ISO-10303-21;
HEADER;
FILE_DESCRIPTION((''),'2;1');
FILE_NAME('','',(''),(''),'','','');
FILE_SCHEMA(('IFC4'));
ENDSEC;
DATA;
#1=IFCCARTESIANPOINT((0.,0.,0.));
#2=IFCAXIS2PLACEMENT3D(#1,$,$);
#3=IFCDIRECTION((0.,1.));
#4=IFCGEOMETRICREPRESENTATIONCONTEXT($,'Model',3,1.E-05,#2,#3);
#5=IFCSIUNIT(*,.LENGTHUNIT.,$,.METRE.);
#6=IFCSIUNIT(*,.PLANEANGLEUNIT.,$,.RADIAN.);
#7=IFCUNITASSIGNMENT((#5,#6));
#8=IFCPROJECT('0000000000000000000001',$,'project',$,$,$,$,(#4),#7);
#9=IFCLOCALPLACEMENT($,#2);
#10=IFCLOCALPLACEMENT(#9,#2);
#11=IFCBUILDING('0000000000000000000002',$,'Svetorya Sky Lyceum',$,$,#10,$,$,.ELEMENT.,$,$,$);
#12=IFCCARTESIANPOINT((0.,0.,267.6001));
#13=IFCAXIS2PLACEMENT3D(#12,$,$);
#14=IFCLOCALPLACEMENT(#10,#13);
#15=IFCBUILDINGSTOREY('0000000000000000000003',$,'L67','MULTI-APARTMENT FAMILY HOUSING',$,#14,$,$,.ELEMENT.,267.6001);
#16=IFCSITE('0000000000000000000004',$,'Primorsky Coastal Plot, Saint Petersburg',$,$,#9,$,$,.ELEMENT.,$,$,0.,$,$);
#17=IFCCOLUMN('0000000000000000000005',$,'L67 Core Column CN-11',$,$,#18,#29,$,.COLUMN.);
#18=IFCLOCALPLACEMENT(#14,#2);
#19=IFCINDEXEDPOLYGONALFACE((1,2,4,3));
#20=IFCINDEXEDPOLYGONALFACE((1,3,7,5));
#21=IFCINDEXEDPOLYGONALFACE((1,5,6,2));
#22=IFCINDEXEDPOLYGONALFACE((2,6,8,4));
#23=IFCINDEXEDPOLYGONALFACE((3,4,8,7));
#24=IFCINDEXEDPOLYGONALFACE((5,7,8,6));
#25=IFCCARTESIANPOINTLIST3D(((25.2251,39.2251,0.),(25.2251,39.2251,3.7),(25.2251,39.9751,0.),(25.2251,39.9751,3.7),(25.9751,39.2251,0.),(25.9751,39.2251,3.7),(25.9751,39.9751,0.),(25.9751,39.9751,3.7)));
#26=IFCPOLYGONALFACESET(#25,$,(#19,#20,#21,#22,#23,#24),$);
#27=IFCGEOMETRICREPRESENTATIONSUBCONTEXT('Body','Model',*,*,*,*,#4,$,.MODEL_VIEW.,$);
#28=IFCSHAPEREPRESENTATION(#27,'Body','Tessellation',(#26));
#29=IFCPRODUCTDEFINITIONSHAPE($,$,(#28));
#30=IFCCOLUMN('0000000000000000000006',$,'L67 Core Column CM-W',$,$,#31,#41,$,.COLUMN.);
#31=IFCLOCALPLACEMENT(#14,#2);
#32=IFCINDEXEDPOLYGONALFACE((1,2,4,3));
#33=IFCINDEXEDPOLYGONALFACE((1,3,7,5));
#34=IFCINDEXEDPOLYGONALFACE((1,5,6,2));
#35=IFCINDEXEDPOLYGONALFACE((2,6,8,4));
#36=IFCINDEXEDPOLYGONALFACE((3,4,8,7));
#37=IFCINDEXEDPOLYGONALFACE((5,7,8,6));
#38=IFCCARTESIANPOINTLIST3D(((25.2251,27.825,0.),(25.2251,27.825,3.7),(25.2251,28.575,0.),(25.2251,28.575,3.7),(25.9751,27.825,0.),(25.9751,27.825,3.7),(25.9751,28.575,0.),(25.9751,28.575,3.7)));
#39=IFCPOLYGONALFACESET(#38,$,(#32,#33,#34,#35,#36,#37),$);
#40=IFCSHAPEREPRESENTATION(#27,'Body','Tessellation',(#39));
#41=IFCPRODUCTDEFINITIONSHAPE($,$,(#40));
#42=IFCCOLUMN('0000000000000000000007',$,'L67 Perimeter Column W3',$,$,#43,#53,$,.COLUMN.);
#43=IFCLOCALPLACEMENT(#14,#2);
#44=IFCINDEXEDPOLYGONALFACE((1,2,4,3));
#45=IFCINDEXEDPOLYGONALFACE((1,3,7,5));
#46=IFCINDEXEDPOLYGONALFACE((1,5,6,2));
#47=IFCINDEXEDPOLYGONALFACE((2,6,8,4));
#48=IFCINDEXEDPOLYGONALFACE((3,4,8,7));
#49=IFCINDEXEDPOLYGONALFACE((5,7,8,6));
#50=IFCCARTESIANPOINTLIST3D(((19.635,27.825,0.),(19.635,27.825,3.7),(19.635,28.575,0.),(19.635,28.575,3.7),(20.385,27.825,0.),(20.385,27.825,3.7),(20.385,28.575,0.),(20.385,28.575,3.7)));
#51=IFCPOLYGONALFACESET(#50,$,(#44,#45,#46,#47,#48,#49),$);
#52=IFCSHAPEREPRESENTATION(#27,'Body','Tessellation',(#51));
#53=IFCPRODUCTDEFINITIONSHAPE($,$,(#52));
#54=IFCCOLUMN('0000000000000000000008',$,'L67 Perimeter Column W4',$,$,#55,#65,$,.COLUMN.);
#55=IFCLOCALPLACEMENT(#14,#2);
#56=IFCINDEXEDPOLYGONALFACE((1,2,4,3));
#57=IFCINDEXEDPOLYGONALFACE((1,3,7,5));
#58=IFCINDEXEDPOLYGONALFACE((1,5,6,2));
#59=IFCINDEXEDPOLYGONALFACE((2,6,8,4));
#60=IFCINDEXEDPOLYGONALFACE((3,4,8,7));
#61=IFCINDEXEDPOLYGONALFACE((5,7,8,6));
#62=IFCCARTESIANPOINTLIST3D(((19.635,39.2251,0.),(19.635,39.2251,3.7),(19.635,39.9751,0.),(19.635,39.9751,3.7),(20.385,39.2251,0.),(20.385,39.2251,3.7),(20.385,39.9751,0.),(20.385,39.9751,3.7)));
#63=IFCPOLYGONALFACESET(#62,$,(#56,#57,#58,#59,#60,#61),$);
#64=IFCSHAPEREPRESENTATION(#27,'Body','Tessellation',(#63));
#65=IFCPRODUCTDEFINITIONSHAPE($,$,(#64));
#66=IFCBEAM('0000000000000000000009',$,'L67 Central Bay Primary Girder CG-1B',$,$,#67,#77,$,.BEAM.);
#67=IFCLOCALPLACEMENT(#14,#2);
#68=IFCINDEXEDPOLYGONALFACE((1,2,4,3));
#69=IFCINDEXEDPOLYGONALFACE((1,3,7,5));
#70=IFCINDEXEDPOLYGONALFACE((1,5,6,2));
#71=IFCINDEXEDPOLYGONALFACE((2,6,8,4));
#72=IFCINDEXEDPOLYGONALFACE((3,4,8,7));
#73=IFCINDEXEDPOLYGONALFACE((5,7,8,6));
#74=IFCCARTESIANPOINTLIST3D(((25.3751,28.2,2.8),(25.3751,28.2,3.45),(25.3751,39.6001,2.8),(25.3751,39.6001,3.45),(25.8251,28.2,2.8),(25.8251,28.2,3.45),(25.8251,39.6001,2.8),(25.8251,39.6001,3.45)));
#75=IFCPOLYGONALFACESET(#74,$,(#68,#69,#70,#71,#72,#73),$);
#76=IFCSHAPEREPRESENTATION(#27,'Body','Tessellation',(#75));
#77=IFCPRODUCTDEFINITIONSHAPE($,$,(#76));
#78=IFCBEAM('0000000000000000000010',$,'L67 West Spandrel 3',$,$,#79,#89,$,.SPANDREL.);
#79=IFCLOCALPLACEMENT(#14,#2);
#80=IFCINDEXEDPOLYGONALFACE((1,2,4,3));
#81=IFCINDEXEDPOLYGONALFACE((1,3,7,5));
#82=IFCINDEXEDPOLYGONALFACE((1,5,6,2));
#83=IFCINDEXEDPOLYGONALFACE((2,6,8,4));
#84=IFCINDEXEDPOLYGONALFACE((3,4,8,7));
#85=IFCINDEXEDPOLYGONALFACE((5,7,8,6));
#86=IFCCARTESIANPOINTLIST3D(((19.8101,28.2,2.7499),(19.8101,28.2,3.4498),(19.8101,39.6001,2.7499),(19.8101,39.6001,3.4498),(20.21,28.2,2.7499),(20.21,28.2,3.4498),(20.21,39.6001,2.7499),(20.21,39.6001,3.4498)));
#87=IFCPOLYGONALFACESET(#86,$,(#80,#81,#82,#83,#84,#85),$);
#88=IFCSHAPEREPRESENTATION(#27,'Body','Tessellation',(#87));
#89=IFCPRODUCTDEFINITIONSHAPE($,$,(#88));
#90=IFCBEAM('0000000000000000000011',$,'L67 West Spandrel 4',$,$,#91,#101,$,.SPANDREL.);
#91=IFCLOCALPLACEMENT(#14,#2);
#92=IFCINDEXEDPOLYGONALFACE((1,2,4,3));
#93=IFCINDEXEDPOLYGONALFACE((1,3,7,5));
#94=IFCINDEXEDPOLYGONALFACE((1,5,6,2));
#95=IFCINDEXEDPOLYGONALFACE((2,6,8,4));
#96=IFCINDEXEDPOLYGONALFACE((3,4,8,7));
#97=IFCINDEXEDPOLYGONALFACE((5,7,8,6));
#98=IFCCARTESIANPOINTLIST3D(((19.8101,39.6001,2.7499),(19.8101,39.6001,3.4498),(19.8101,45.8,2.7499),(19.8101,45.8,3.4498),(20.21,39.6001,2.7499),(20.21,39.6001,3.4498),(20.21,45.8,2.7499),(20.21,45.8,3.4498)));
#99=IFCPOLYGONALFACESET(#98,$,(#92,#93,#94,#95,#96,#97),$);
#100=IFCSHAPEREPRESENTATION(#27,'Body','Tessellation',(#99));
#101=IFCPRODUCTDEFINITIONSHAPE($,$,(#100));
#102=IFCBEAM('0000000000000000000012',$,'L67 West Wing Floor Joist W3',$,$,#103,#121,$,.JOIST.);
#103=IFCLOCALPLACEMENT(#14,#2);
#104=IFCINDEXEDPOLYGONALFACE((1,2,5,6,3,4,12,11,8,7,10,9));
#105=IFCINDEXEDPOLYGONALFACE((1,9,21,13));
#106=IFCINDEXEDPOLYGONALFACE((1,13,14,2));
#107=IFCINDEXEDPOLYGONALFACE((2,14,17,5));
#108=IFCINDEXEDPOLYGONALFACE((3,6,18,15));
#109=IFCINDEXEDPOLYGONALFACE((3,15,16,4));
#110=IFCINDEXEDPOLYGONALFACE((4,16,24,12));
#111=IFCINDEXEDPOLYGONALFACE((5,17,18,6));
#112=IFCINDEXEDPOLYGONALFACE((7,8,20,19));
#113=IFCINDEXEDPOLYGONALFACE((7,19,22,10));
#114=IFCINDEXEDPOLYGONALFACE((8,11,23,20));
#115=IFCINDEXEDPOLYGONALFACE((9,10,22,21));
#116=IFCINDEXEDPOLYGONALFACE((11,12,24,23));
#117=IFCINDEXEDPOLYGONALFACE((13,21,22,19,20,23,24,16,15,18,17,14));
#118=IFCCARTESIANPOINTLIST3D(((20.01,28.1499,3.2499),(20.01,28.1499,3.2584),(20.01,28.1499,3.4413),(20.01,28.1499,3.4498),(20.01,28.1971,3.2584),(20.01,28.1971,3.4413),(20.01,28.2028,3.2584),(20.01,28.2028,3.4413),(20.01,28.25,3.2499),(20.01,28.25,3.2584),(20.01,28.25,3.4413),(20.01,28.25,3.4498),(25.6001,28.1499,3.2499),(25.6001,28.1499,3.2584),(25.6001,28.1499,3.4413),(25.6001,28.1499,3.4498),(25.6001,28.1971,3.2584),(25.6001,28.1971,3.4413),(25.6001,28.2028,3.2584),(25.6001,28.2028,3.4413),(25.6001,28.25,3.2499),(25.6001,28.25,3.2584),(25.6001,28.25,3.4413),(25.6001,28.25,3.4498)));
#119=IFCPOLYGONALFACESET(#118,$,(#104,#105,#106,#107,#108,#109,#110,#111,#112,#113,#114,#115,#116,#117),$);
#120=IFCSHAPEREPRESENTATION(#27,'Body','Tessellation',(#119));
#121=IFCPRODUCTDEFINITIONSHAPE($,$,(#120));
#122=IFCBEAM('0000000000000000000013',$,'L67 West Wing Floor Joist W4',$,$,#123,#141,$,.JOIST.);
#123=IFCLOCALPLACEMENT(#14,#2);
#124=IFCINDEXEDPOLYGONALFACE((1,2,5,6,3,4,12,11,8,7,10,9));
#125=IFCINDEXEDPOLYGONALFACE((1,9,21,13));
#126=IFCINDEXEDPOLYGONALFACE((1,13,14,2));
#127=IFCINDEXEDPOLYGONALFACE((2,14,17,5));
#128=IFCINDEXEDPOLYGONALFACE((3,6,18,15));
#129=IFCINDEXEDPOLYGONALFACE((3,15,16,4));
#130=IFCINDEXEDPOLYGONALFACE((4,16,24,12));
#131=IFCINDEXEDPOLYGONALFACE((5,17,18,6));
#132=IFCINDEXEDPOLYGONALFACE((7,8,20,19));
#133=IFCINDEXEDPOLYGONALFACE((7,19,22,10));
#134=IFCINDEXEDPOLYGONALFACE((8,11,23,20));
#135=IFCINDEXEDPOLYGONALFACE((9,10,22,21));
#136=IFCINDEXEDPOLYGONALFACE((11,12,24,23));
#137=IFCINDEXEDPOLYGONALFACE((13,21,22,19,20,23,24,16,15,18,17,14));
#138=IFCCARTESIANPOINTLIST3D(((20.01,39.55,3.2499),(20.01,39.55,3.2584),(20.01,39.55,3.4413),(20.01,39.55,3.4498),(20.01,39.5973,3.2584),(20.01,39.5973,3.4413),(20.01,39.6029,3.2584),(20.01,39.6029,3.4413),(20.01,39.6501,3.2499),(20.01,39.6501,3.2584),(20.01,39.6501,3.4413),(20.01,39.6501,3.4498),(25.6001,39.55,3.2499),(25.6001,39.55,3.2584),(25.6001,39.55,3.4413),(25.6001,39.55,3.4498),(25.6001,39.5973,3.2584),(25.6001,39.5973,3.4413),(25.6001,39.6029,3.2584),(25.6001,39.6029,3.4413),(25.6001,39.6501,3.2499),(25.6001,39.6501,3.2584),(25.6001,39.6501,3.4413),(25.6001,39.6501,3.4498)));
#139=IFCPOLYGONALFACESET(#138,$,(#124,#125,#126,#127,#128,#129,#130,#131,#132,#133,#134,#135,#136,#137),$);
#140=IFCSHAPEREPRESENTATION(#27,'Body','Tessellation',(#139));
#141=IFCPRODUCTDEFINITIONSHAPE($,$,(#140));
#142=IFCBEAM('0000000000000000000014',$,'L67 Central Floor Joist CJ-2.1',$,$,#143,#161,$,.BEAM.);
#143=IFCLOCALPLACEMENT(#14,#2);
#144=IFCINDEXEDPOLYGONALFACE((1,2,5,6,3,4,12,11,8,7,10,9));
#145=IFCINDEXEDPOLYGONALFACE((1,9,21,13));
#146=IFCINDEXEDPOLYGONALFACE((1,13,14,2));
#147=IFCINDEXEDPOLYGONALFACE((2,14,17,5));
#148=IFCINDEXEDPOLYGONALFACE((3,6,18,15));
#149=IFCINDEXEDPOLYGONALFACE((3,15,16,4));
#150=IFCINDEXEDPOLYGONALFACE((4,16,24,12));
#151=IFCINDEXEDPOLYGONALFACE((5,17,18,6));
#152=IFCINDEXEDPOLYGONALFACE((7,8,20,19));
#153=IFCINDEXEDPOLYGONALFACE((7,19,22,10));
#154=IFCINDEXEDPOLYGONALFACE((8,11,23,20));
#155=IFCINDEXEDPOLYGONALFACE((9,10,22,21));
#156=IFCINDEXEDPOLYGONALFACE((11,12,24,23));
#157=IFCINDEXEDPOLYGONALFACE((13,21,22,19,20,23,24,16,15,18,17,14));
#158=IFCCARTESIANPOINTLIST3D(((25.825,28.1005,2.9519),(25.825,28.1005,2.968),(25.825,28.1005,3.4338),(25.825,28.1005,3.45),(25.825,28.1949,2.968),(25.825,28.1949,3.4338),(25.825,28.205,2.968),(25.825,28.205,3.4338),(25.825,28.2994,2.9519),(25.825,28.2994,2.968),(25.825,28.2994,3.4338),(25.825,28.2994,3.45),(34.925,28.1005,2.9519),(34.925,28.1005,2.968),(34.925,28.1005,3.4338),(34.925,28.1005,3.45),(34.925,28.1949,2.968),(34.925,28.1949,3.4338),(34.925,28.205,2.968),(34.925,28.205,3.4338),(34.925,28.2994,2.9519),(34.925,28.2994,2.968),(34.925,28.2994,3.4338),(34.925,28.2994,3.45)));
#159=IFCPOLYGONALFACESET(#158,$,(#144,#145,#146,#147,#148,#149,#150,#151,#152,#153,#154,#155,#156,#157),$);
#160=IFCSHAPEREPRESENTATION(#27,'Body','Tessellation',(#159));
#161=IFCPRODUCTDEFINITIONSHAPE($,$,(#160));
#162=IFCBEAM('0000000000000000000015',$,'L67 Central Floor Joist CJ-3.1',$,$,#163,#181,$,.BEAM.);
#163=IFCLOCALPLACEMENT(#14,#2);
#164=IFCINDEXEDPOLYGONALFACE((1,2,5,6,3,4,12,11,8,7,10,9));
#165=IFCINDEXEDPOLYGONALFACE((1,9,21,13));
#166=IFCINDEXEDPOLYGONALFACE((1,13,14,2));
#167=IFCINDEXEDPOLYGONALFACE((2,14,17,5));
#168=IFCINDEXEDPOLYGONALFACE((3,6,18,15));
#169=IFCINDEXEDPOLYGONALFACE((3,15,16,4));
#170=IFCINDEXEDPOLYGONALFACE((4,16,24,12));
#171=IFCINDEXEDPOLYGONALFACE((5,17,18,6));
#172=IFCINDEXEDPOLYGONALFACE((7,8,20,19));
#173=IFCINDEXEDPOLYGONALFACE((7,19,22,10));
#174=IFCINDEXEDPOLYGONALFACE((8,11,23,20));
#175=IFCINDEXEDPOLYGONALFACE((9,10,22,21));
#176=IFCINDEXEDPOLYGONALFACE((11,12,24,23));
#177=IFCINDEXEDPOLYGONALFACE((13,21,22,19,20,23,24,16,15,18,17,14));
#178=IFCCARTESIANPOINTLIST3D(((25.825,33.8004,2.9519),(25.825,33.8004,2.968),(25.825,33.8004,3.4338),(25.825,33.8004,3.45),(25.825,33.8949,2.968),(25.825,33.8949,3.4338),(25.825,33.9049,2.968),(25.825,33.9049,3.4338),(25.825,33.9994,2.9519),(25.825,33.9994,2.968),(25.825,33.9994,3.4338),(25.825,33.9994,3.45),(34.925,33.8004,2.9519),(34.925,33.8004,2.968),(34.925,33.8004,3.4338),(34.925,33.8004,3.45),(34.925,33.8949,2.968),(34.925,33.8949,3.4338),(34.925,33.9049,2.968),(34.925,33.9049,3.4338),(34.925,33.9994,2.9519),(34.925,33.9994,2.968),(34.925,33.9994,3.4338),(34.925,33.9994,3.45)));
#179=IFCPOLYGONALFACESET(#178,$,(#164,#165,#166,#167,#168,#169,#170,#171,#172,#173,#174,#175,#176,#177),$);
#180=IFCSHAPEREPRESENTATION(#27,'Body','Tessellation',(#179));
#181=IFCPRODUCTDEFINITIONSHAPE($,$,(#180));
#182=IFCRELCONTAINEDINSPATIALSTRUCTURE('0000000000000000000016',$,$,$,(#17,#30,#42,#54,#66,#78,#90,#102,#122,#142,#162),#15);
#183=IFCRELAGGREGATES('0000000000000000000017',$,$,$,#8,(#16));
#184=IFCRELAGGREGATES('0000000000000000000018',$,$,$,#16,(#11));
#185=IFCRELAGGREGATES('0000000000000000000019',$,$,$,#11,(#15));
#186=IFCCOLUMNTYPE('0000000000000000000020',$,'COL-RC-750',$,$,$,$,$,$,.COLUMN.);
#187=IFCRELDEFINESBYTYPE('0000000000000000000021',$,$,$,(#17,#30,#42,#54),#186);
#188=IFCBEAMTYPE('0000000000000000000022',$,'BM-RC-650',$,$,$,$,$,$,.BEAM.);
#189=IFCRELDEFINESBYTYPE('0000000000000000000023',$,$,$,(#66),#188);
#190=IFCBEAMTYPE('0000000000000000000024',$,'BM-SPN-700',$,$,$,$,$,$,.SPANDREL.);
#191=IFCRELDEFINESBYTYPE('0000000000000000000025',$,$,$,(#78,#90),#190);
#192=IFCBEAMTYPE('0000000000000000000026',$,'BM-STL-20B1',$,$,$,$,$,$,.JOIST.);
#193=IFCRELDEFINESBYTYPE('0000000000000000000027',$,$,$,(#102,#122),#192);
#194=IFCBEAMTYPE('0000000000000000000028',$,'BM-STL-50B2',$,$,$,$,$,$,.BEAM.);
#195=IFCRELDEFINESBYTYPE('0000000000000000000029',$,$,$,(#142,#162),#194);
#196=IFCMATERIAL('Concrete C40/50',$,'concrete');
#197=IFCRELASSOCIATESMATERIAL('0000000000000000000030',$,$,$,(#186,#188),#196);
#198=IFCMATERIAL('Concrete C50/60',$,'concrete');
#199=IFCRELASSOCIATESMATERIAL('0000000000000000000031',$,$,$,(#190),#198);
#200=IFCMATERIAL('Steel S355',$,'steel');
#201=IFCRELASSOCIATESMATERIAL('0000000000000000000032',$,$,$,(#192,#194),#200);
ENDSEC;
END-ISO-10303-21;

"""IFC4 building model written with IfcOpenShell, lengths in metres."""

from ifc_helpers import new_model, si_unit, direction, frame, origin, origin_2d, place, context, subcontext, project, spatial, rectangle, i_section, extrude, material, material_profile, profile_set, type_object, element, save


model = new_model("IFC4")

# Units and contexts
model_context = context("Model", 3, precision=1e-05, world=origin(), true_north=direction((0.0, 1.0)))
body_context = subcontext(model_context, "Body", "Model", "MODEL_VIEW")
ifc_project = project(units=[si_unit("LENGTHUNIT", "METRE"), si_unit("PLANEANGLEUNIT", "RADIAN")], contexts=[model_context])

# Site, building, storey
site_placement = place(None, origin())
site = spatial("IfcSite", under=ifc_project, at=site_placement, Name="Primorsky Coastal Plot, Saint Petersburg", CompositionType="ELEMENT", RefElevation=0.0)
building_placement = place(site_placement, origin())
building = spatial("IfcBuilding", under=site, at=building_placement, Name="Svetorya Sky Lyceum", CompositionType="ELEMENT")
storey_placement = place(building_placement, frame((0.0, 0.0, 267.6001)))
storey = spatial("IfcBuildingStorey", under=building, at=storey_placement, Name="L67", Description="MULTI-APARTMENT FAMILY HOUSING", CompositionType="ELEMENT", Elevation=267.6001)

# Columns
ifc_material_1 = material(Name="Concrete C40/50", Category="concrete")
ifc_material_profile_1 = material_profile(ifc_material_1, rectangle(XDim=0.75, YDim=0.75, at=origin_2d()), Name="RC COL 750x750")
ifc_profile_set_1 = profile_set([ifc_material_profile_1], Name="Concrete C40/50")
column_type = type_object("IfcColumnType", Name="COL-RC-750", PredefinedType="COLUMN", material=ifc_profile_set_1)
for number, where, z_axis, x_axis, name in (
    (1, (25.6001, 39.6001, 0.0), (0.0, 0.0, 1.0), (1.0, 0.0, 0.0), "L67 Core Column CN-11"),
    (2, (25.6001, 28.2, 0.0), (0.0, 0.0, 1.0), (1.0, 0.0, 0.0), "L67 Core Column CM-W"),
    (3, (20.01, 28.2, 0.0), (0.0, 0.0, 1.0), (1.0, 0.0, 0.0), "L67 Perimeter Column W3"),
    (4, (20.01, 39.6001, 0.0), (0.0, 0.0, 1.0), (1.0, 0.0, 0.0), "L67 Perimeter Column W4"),
):
    element("IfcColumn", number, at=place(storey_placement, frame(where, z_axis=z_axis, x_axis=x_axis)), inside=storey, type_object=column_type, Name=name, PredefinedType="COLUMN", context=body_context, shape_type="SweptSolid", body=[
        extrude(rectangle(XDim=0.75, YDim=0.75, at=origin_2d()), origin(), (0.0, 0.0, 1.0), 3.7),
    ])

# Beams
ifc_material_profile_2 = material_profile(ifc_material_1, rectangle(XDim=0.45, YDim=0.6499, at=origin_2d()), Name="RC BEAM 450x650")
ifc_profile_set_2 = profile_set([ifc_material_profile_2], Name="Concrete C40/50")
beam_type_1 = type_object("IfcBeamType", Name="BM-RC-650", PredefinedType="BEAM", material=ifc_profile_set_2)
beam_1_placement = place(storey_placement, frame((25.6001, 28.2, 3.125), z_axis=(0.0, 1.0, 0.0), x_axis=(-1.0, 0.0, 0.0)))
element("IfcBeam", 5, at=beam_1_placement, inside=storey, type_object=beam_type_1, Name="L67 Central Bay Primary Girder CG-1B", PredefinedType="BEAM", context=body_context, shape_type="SweptSolid", body=[
    extrude(rectangle(XDim=0.45, YDim=0.6499, at=origin_2d()), origin(), (0.0, 0.0, 1.0), 11.4001),
])
ifc_material_2 = material(Name="Concrete C50/60", Category="concrete")
ifc_material_profile_3 = material_profile(ifc_material_2, rectangle(XDim=0.3999, YDim=0.7, at=origin_2d()), Name="RC SPANDREL 400x700")
ifc_profile_set_3 = profile_set([ifc_material_profile_3], Name="Concrete C50/60")
beam_type_2 = type_object("IfcBeamType", Name="BM-SPN-700", PredefinedType="SPANDREL", material=ifc_profile_set_3)
beam_2_placement = place(storey_placement, frame((20.01, 28.2, 3.0999), z_axis=(0.0, 1.0, 0.0), x_axis=(-1.0, 0.0, 0.0)))
element("IfcBeam", 6, at=beam_2_placement, inside=storey, type_object=beam_type_2, Name="L67 West Spandrel 3", PredefinedType="SPANDREL", context=body_context, shape_type="SweptSolid", body=[
    extrude(rectangle(XDim=0.3999, YDim=0.7, at=origin_2d()), origin(), (0.0, 0.0, 1.0), 11.4001),
])
beam_3_placement = place(storey_placement, frame((20.01, 39.6001, 3.0999), z_axis=(0.0, 1.0, 0.0), x_axis=(-1.0, 0.0, 0.0)))
element("IfcBeam", 7, at=beam_3_placement, inside=storey, type_object=beam_type_2, Name="L67 West Spandrel 4", PredefinedType="SPANDREL", context=body_context, shape_type="SweptSolid", body=[
    extrude(rectangle(XDim=0.3999, YDim=0.7, at=origin_2d()), origin(), (0.0, 0.0, 1.0), 6.2),
])
ifc_material_3 = material(Name="Steel S355", Category="steel")
ifc_material_profile_4 = material_profile(ifc_material_3, i_section(OverallWidth=0.1001, OverallDepth=0.2, WebThickness=0.0056, FlangeThickness=0.0085, at=origin_2d()), Name="GOST 20B1")
ifc_profile_set_4 = profile_set([ifc_material_profile_4], Name="Steel S355")
beam_type_3 = type_object("IfcBeamType", Name="BM-STL-20B1", PredefinedType="JOIST", material=ifc_profile_set_4)
for number, where, z_axis, x_axis, name in (
    (8, (20.01, 28.2, 3.3499), (1.0, 0.0, 0.0), (0.0, 1.0, 0.0), "L67 West Wing Floor Joist W3"),
    (9, (20.01, 39.6001, 3.3499), (1.0, 0.0, 0.0), (0.0, 1.0, 0.0), "L67 West Wing Floor Joist W4"),
):
    element("IfcBeam", number, at=place(storey_placement, frame(where, z_axis=z_axis, x_axis=x_axis)), inside=storey, type_object=beam_type_3, Name=name, PredefinedType="JOIST", context=body_context, shape_type="SweptSolid", body=[
        extrude(i_section(OverallWidth=0.1001, OverallDepth=0.2, WebThickness=0.0056, FlangeThickness=0.0085, at=origin_2d()), origin(), (0.0, 0.0, 1.0), 5.5901),
    ])
ifc_material_profile_5 = material_profile(ifc_material_3, i_section(OverallWidth=0.199, OverallDepth=0.498, WebThickness=0.01, FlangeThickness=0.0161, at=origin_2d()), Name="GOST 50B2")
ifc_profile_set_5 = profile_set([ifc_material_profile_5], Name="Steel S355")
beam_type_4 = type_object("IfcBeamType", Name="BM-STL-50B2", PredefinedType="BEAM", material=ifc_profile_set_5)
for number, where, z_axis, x_axis, name in (
    (10, (25.825, 28.2, 3.2009), (1.0, 0.0, 0.0), (0.0, 1.0, 0.0), "L67 Central Floor Joist CJ-2.1"),
    (11, (25.825, 33.8999, 3.2009), (1.0, 0.0, 0.0), (0.0, 1.0, 0.0), "L67 Central Floor Joist CJ-3.1"),
):
    element("IfcBeam", number, at=place(storey_placement, frame(where, z_axis=z_axis, x_axis=x_axis)), inside=storey, type_object=beam_type_4, Name=name, PredefinedType="BEAM", context=body_context, shape_type="SweptSolid", body=[
        extrude(i_section(OverallWidth=0.199, OverallDepth=0.498, WebThickness=0.01, FlangeThickness=0.0161, at=origin_2d()), origin(), (0.0, 0.0, 1.0), 9.1001),
    ])

save(model, "model.ifc")
